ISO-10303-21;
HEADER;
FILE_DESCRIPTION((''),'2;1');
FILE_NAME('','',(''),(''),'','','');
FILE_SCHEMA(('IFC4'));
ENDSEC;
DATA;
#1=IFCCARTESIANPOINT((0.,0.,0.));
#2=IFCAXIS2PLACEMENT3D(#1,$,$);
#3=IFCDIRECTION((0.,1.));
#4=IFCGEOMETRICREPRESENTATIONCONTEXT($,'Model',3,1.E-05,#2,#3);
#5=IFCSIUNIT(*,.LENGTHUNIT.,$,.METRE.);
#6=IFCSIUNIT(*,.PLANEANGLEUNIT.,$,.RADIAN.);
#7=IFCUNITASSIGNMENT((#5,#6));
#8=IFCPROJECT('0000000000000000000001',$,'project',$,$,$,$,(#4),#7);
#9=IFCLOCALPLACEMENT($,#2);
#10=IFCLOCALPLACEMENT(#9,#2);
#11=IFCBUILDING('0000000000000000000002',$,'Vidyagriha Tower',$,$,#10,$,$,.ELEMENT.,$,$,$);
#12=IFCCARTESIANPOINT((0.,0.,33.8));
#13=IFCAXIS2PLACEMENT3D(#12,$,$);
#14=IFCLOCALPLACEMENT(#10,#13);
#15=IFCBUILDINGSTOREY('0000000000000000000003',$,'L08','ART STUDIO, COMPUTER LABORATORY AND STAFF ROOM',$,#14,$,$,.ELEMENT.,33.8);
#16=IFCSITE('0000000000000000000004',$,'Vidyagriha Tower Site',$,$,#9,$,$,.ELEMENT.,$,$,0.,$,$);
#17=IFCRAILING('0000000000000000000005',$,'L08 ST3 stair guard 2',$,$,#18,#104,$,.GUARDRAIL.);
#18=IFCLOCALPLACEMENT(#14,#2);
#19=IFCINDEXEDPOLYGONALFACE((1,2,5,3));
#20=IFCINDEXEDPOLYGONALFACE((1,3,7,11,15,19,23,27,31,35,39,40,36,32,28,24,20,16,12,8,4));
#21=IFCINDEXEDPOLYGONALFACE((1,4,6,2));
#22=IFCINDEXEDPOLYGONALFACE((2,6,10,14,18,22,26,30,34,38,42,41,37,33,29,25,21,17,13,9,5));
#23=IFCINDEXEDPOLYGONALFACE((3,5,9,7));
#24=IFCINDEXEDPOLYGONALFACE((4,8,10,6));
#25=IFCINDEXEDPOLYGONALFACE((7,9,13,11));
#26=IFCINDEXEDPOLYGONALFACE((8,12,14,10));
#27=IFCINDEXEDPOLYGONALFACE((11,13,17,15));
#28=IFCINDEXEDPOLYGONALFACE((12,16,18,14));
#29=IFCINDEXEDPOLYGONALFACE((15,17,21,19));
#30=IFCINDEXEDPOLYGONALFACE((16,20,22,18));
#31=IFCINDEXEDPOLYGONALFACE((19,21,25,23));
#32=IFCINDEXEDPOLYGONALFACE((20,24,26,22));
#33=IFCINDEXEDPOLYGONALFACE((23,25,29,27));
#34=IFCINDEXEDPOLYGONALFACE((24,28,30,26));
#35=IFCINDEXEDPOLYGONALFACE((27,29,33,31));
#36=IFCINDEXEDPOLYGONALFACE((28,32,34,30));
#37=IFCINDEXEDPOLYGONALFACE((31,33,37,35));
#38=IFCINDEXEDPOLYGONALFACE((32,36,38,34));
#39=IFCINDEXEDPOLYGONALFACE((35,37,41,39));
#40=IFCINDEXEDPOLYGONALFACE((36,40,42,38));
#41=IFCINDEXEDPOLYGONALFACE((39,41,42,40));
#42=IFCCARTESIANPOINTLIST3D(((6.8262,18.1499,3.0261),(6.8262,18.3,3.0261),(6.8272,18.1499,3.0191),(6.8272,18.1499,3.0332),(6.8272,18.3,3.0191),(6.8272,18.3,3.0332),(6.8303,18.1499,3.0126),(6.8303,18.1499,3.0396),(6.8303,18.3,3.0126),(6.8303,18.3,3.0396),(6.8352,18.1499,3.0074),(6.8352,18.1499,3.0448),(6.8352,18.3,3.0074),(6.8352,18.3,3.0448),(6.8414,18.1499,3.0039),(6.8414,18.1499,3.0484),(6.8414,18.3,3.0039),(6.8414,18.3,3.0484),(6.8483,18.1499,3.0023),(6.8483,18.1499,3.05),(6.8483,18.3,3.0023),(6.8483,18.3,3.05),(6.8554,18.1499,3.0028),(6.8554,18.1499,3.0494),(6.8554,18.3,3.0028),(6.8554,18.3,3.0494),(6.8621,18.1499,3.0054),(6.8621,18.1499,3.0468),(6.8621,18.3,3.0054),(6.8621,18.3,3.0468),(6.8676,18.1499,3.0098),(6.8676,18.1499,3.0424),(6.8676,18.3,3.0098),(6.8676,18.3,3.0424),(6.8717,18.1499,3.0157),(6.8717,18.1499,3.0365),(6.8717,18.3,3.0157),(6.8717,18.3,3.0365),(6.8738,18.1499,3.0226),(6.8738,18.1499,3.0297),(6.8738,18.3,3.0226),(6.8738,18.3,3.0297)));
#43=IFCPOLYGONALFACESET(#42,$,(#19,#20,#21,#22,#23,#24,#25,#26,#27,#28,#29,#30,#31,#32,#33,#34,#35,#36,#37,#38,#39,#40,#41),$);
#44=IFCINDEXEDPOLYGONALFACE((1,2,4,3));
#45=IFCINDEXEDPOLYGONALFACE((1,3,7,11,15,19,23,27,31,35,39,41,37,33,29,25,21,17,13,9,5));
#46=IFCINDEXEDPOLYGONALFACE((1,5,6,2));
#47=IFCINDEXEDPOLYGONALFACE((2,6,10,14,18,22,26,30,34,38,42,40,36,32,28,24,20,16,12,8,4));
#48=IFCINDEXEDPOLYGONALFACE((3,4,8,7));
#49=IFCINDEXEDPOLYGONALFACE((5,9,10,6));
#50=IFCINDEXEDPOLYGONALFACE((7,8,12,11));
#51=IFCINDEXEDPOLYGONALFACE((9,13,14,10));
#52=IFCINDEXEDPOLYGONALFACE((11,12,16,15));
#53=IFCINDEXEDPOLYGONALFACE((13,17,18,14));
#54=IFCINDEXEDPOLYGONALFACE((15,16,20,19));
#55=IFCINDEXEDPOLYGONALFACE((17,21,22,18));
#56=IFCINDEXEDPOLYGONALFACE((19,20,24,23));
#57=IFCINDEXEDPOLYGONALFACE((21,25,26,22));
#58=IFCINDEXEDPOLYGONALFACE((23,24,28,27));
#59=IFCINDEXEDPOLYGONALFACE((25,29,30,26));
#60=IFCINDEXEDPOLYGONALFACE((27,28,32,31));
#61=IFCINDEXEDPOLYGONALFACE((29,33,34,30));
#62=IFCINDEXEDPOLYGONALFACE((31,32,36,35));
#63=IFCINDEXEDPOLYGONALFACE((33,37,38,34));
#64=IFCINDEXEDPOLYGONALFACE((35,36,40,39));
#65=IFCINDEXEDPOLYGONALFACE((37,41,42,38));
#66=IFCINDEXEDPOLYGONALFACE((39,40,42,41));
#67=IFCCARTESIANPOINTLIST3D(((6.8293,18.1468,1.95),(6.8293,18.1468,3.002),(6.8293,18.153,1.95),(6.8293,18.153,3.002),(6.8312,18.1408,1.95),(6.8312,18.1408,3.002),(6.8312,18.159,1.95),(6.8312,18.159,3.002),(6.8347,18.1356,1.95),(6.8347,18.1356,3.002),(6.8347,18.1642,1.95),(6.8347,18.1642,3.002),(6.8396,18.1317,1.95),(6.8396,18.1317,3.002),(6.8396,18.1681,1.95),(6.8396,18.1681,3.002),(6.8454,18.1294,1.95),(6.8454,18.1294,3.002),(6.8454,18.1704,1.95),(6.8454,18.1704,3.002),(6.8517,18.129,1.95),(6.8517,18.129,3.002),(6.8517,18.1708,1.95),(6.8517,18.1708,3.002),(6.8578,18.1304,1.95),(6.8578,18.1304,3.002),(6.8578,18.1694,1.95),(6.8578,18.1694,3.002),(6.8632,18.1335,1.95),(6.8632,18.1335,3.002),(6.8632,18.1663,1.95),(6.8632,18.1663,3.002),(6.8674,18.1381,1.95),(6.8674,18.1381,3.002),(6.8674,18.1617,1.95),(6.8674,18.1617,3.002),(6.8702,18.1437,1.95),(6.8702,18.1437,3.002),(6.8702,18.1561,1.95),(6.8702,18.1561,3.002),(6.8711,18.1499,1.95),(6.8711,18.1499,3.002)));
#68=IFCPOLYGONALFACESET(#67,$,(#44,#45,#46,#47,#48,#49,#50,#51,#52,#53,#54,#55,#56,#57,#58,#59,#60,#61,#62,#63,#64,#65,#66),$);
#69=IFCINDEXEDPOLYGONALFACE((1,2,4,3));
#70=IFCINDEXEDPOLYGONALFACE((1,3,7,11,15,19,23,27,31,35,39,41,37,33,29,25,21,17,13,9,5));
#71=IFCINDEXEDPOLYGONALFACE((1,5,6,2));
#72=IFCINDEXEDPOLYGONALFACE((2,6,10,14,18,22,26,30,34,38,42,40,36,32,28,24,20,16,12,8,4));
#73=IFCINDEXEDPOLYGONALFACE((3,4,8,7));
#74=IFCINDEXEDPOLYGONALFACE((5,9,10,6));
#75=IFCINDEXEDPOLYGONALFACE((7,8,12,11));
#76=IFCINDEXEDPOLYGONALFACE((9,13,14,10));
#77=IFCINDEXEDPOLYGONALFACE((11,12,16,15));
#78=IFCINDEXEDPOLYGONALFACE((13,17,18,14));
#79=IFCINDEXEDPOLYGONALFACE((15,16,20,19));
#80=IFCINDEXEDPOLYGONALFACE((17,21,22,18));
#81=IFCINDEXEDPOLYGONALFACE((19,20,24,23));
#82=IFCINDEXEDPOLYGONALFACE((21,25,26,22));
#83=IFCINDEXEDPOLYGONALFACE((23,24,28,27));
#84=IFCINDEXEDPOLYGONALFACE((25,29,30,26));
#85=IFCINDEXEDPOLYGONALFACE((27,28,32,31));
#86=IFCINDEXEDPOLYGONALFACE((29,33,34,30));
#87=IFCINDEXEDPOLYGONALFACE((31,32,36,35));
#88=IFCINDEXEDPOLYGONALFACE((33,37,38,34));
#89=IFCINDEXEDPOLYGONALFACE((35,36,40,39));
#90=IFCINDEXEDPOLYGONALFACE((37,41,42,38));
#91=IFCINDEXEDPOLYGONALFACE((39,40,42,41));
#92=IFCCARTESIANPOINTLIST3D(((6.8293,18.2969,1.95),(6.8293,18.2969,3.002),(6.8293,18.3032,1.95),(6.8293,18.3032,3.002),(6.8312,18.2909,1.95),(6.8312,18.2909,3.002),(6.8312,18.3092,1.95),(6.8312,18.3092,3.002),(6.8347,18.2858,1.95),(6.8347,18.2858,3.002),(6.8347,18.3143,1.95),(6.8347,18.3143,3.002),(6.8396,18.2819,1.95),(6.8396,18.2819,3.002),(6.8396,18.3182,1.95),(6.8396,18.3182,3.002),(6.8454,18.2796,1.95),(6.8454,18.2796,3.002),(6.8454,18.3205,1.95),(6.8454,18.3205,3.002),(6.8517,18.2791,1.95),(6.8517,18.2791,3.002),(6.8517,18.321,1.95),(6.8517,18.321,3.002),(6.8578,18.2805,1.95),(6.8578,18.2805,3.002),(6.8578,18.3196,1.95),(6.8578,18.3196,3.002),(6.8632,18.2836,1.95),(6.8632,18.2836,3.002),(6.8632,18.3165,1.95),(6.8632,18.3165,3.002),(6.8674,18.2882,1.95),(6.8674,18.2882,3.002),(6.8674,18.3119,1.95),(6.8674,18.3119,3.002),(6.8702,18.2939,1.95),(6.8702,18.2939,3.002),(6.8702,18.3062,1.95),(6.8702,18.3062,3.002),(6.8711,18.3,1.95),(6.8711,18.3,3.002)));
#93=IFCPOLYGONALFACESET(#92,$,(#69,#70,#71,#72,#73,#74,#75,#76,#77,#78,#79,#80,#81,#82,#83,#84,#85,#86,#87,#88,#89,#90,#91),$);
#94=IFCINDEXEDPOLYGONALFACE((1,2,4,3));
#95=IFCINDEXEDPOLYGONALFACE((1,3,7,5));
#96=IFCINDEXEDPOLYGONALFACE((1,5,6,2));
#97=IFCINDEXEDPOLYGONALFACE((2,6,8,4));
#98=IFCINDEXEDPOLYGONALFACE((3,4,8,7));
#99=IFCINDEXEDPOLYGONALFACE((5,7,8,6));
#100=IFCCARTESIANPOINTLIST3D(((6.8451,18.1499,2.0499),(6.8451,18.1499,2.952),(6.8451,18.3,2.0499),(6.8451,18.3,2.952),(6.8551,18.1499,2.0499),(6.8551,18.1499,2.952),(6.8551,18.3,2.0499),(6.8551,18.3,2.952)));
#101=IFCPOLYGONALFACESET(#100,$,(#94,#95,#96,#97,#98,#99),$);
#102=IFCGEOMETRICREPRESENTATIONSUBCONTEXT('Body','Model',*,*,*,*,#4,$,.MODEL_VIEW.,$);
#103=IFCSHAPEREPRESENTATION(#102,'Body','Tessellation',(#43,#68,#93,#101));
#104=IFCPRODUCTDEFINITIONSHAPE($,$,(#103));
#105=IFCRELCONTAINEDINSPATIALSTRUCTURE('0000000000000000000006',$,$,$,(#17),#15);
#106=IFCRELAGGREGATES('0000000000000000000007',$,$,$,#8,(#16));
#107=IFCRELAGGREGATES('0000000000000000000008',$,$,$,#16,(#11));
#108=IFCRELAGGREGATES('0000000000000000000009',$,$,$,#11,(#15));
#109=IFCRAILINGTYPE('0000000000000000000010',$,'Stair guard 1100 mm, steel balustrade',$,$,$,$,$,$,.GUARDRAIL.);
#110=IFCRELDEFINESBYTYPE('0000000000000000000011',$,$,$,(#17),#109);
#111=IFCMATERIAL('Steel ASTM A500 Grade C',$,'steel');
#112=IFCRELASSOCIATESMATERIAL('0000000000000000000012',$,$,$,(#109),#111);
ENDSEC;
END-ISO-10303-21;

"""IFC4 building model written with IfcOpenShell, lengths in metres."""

from ifc_helpers import new_model, si_unit, direction, frame, origin, origin_2d, place, context, subcontext, project, spatial, rectangle, circle, extrude, material, type_object, element, save


model = new_model("IFC4")

# Units and contexts
model_context = context("Model", 3, precision=1e-05, world=origin(), true_north=direction((0.0, 1.0)))
body_context = subcontext(model_context, "Body", "Model", "MODEL_VIEW")
ifc_project = project(units=[si_unit("LENGTHUNIT", "METRE"), si_unit("PLANEANGLEUNIT", "RADIAN")], contexts=[model_context])

# Site, building, storey
site_placement = place(None, origin())
site = spatial("IfcSite", under=ifc_project, at=site_placement, Name="Vidyagriha Tower Site", CompositionType="ELEMENT", RefElevation=0.0)
building_placement = place(site_placement, origin())
building = spatial("IfcBuilding", under=site, at=building_placement, Name="Vidyagriha Tower", CompositionType="ELEMENT")
storey_placement = place(building_placement, frame((0.0, 0.0, 33.8)))
storey = spatial("IfcBuildingStorey", under=building, at=storey_placement, Name="L08", Description="ART STUDIO, COMPUTER LABORATORY AND STAFF ROOM", CompositionType="ELEMENT", Elevation=33.8)

# Railing
ifc_material_1 = material(Name="Steel ASTM A500 Grade C", Category="steel")
railing_type_1 = type_object("IfcRailingType", Name="Stair guard 1100 mm, steel balustrade", PredefinedType="GUARDRAIL", material=ifc_material_1)
railing_1_placement = place(storey_placement, frame((6.8501, 18.1499, 1.95)))
element("IfcRailing", 1, at=railing_1_placement, inside=storey, type_object=railing_type_1, Name="L08 ST3 stair guard 2", PredefinedType="GUARDRAIL", context=body_context, shape_type="SweptSolid", body=[
    extrude(circle(Radius=0.0239, at=origin_2d()), frame((0.0, 0.0, 1.0762), z_axis=(0.0, 1.0, 0.0), x_axis=(-1.0, 0.0, 0.0)), (0.0, 0.0, 1.0), 0.1501),
    extrude(circle(Radius=0.021, at=origin_2d()), origin(), (0.0, 0.0, 1.0), 1.052),
    extrude(circle(Radius=0.021, at=origin_2d()), frame((0.0, 0.1501, 0.0)), (0.0, 0.0, 1.0), 1.052),
    extrude(rectangle(XDim=0.01, YDim=0.9021, at=origin_2d()), frame((0.0, 0.0, 0.551), z_axis=(0.0, 1.0, 0.0), x_axis=(-1.0, 0.0, 0.0)), (0.0, 0.0, 1.0), 0.1501),
])

save(model, "model.ifc")
